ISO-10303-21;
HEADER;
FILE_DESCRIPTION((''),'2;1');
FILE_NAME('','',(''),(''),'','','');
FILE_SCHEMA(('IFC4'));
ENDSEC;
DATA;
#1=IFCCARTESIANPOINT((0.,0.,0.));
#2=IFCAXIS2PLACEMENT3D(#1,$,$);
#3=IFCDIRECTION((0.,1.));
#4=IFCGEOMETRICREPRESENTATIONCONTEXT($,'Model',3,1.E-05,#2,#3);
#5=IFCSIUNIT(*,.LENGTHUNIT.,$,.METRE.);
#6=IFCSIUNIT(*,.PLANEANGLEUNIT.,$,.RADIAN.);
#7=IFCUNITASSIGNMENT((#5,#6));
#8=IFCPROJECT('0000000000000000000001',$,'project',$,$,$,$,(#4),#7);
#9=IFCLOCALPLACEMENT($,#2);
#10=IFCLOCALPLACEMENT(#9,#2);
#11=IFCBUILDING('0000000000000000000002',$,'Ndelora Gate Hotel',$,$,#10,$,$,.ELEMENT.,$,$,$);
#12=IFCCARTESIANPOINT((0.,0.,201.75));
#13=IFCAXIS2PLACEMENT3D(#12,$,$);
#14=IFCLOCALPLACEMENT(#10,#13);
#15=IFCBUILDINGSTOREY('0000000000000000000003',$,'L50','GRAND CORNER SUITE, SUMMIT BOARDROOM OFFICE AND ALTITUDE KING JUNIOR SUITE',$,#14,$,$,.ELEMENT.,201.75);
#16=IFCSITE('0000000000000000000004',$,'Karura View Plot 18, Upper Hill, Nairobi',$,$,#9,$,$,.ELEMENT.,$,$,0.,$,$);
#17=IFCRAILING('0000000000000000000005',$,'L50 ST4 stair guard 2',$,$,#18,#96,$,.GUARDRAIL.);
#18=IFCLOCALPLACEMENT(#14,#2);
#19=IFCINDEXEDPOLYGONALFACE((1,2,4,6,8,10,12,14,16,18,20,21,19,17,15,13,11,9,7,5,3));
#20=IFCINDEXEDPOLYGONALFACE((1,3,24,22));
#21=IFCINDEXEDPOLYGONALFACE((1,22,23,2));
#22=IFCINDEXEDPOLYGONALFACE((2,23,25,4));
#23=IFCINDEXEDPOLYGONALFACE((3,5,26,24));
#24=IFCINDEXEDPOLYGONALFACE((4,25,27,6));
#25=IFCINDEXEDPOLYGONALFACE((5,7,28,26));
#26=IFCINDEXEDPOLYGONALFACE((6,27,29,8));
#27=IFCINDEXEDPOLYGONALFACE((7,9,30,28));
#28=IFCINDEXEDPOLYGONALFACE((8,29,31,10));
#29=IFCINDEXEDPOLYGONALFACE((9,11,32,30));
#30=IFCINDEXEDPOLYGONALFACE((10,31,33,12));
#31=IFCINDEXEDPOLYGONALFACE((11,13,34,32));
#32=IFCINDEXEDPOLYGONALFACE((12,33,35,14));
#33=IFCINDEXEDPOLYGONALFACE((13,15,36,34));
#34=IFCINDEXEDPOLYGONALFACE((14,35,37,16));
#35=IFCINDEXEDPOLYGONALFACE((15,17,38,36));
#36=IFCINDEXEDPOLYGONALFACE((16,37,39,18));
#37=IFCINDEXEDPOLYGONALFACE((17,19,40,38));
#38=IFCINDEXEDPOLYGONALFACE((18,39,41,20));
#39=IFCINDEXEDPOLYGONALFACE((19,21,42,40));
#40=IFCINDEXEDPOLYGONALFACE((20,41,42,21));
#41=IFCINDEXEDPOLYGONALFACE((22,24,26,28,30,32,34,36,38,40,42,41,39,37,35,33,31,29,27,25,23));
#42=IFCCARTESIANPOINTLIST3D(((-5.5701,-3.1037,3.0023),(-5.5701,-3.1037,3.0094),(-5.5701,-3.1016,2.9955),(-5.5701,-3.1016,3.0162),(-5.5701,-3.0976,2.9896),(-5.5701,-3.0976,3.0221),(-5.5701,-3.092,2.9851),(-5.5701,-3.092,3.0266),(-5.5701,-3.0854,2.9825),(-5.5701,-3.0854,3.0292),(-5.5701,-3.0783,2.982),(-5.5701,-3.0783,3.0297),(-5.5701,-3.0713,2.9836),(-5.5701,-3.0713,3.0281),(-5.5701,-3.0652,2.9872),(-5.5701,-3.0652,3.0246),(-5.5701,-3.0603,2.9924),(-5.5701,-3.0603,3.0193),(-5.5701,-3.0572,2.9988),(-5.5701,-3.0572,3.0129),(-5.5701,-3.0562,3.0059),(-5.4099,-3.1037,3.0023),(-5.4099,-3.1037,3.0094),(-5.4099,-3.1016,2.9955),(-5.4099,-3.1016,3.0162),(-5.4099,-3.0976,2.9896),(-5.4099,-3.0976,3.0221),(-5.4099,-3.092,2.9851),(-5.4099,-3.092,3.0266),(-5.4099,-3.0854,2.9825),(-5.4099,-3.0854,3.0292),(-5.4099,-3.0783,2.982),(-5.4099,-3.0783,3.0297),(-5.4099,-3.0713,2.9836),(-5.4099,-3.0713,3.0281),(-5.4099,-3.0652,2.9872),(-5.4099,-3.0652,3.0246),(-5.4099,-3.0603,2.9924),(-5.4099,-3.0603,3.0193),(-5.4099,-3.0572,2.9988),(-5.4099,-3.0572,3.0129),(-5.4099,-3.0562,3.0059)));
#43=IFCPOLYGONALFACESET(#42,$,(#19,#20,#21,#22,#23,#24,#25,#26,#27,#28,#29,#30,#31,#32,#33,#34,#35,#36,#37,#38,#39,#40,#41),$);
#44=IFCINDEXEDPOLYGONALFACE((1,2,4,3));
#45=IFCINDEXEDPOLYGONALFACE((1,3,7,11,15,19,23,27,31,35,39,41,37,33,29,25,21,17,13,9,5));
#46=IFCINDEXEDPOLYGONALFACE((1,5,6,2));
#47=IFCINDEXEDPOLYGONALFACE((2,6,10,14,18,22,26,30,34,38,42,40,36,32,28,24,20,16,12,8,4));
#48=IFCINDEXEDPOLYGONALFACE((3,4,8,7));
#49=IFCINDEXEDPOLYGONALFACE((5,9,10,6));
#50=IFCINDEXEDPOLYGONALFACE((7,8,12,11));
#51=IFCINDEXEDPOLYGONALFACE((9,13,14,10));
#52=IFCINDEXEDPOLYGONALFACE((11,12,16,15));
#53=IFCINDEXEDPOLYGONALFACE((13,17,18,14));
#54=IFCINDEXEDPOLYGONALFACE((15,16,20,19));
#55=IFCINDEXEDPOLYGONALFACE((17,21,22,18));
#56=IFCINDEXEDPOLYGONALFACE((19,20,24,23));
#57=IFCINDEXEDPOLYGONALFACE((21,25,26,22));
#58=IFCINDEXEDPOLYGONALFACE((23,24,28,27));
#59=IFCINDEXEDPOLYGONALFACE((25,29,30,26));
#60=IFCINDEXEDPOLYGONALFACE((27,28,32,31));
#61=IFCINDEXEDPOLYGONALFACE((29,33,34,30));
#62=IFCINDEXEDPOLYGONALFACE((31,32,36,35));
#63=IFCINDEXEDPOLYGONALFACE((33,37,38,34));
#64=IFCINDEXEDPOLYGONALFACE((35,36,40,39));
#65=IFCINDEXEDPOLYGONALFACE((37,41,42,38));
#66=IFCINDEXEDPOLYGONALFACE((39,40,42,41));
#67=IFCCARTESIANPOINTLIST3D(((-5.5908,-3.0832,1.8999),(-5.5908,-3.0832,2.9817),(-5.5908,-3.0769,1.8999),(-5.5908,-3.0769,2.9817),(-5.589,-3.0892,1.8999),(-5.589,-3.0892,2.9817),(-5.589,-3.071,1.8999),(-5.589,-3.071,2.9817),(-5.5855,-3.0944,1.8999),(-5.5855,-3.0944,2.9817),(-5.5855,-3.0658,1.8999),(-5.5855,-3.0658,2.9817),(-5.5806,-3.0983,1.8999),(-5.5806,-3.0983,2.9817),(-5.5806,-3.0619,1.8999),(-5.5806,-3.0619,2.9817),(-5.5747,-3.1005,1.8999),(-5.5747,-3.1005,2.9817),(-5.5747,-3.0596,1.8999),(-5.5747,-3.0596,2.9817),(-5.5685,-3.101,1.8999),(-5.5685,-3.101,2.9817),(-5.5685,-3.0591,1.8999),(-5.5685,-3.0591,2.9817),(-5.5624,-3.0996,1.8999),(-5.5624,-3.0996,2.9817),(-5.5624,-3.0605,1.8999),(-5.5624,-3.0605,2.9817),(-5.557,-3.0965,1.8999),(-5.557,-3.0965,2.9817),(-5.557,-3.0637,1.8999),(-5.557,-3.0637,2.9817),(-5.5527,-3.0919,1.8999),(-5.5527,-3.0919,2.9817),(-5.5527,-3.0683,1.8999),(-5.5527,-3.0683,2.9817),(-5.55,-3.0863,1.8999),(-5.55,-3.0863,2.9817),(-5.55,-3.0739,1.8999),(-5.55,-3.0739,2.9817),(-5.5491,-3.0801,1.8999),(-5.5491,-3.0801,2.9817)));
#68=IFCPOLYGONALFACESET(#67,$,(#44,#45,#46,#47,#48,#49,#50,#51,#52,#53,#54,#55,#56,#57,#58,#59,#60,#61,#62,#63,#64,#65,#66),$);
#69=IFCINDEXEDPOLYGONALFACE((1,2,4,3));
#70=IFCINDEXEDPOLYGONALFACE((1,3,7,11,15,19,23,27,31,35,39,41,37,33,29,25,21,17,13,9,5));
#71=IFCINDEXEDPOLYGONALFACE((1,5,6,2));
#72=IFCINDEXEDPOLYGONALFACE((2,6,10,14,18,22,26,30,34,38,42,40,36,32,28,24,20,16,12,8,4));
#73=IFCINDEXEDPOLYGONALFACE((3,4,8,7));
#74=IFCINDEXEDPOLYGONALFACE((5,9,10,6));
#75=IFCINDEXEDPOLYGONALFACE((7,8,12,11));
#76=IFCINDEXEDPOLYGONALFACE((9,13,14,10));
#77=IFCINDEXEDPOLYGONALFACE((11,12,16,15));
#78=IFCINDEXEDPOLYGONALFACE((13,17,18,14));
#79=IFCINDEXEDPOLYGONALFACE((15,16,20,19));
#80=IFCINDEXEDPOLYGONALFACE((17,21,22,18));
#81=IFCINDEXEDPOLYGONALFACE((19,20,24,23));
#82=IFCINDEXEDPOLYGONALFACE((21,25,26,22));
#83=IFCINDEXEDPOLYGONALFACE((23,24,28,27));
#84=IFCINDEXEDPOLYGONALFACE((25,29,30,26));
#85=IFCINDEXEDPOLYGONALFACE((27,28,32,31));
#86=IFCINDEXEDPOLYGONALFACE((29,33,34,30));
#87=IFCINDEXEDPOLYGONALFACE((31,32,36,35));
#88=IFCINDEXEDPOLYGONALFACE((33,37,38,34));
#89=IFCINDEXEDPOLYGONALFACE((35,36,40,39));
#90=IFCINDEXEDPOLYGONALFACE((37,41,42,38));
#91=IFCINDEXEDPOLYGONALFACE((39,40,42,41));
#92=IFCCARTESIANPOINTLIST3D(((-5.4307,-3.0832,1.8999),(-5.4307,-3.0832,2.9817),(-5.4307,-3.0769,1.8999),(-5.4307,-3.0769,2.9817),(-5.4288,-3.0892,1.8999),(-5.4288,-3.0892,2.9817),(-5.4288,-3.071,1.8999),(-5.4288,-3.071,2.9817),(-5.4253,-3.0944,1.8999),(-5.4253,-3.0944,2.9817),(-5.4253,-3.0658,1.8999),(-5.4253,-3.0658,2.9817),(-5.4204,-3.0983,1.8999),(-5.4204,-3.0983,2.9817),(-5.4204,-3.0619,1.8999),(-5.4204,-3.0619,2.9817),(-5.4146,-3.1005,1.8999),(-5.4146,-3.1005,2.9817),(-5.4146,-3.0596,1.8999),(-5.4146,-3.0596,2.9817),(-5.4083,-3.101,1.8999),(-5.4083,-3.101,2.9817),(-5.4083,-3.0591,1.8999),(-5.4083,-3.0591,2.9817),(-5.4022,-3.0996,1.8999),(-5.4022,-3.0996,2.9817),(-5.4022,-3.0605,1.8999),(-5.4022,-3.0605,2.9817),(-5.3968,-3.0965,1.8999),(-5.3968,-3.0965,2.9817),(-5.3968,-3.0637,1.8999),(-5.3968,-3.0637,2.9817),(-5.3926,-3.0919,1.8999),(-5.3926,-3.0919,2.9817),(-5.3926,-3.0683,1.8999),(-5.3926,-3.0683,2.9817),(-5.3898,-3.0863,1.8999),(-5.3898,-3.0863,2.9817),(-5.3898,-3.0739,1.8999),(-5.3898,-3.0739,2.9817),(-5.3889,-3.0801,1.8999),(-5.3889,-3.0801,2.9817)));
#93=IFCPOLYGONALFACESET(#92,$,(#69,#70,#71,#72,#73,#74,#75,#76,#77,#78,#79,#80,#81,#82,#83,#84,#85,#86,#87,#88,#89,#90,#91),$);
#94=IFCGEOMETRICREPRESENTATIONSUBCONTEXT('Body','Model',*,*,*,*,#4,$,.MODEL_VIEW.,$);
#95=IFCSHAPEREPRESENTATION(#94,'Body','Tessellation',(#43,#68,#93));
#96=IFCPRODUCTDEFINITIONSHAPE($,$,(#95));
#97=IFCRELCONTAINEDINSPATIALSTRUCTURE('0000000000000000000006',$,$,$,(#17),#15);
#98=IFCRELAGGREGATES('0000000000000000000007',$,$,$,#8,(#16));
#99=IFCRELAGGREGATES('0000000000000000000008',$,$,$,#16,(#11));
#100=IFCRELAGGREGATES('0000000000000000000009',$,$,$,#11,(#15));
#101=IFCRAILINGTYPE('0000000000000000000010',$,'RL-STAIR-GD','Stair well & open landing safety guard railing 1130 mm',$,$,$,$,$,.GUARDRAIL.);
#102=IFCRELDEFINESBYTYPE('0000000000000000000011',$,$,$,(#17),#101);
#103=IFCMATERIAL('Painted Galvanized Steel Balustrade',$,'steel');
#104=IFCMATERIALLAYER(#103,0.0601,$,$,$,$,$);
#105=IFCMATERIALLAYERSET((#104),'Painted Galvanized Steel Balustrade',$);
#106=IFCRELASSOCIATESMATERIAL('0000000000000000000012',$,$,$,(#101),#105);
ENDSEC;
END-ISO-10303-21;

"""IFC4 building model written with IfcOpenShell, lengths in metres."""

from ifc_helpers import new_model, si_unit, direction, frame, origin, origin_2d, place, context, subcontext, project, spatial, circle, extrude, material, layer, layer_set, type_object, element, save


model = new_model("IFC4")

# Units and contexts
model_context = context("Model", 3, precision=1e-05, world=origin(), true_north=direction((0.0, 1.0)))
body_context = subcontext(model_context, "Body", "Model", "MODEL_VIEW")
ifc_project = project(units=[si_unit("LENGTHUNIT", "METRE"), si_unit("PLANEANGLEUNIT", "RADIAN")], contexts=[model_context])

# Site, building, storey
site_placement = place(None, origin())
site = spatial("IfcSite", under=ifc_project, at=site_placement, Name="Karura View Plot 18, Upper Hill, Nairobi", CompositionType="ELEMENT", RefElevation=0.0)
building_placement = place(site_placement, origin())
building = spatial("IfcBuilding", under=site, at=building_placement, Name="Ndelora Gate Hotel", CompositionType="ELEMENT")
storey_placement = place(building_placement, frame((0.0, 0.0, 201.75)))
storey = spatial("IfcBuildingStorey", under=building, at=storey_placement, Name="L50", Description="GRAND CORNER SUITE, SUMMIT BOARDROOM OFFICE AND ALTITUDE KING JUNIOR SUITE", CompositionType="ELEMENT", Elevation=201.75)

# Railing
ifc_material_1 = material(Name="Painted Galvanized Steel Balustrade", Category="steel")
ifc_layer_1 = layer(ifc_material_1, 0.0601)
ifc_layer_set_1 = layer_set([ifc_layer_1], Name="Painted Galvanized Steel Balustrade")
railing_type_1 = type_object("IfcRailingType", Name="RL-STAIR-GD", Description="Stair well & open landing safety guard railing 1130 mm", PredefinedType="GUARDRAIL", material=ifc_layer_set_1)
railing_1_placement = place(storey_placement, frame((-5.5701, -3.0801, 1.8999)))
element("IfcRailing", 1, at=railing_1_placement, inside=storey, type_object=railing_type_1, Name="L50 ST4 stair guard 2", PredefinedType="GUARDRAIL", context=body_context, shape_type="SweptSolid", body=[
    extrude(circle(Radius=0.0239, at=origin_2d()), frame((0.0, 0.0, 1.106), z_axis=(1.0, 0.0, 0.0), x_axis=(0.0, 1.0, 0.0)), (0.0, 0.0, 1.0), 0.1602),
    extrude(circle(Radius=0.021, at=origin_2d()), origin(), (0.0, 0.0, 1.0), 1.0818),
    extrude(circle(Radius=0.021, at=origin_2d()), frame((0.1602, 0.0, 0.0)), (0.0, 0.0, 1.0), 1.0818),
])

save(model, "model.ifc")
